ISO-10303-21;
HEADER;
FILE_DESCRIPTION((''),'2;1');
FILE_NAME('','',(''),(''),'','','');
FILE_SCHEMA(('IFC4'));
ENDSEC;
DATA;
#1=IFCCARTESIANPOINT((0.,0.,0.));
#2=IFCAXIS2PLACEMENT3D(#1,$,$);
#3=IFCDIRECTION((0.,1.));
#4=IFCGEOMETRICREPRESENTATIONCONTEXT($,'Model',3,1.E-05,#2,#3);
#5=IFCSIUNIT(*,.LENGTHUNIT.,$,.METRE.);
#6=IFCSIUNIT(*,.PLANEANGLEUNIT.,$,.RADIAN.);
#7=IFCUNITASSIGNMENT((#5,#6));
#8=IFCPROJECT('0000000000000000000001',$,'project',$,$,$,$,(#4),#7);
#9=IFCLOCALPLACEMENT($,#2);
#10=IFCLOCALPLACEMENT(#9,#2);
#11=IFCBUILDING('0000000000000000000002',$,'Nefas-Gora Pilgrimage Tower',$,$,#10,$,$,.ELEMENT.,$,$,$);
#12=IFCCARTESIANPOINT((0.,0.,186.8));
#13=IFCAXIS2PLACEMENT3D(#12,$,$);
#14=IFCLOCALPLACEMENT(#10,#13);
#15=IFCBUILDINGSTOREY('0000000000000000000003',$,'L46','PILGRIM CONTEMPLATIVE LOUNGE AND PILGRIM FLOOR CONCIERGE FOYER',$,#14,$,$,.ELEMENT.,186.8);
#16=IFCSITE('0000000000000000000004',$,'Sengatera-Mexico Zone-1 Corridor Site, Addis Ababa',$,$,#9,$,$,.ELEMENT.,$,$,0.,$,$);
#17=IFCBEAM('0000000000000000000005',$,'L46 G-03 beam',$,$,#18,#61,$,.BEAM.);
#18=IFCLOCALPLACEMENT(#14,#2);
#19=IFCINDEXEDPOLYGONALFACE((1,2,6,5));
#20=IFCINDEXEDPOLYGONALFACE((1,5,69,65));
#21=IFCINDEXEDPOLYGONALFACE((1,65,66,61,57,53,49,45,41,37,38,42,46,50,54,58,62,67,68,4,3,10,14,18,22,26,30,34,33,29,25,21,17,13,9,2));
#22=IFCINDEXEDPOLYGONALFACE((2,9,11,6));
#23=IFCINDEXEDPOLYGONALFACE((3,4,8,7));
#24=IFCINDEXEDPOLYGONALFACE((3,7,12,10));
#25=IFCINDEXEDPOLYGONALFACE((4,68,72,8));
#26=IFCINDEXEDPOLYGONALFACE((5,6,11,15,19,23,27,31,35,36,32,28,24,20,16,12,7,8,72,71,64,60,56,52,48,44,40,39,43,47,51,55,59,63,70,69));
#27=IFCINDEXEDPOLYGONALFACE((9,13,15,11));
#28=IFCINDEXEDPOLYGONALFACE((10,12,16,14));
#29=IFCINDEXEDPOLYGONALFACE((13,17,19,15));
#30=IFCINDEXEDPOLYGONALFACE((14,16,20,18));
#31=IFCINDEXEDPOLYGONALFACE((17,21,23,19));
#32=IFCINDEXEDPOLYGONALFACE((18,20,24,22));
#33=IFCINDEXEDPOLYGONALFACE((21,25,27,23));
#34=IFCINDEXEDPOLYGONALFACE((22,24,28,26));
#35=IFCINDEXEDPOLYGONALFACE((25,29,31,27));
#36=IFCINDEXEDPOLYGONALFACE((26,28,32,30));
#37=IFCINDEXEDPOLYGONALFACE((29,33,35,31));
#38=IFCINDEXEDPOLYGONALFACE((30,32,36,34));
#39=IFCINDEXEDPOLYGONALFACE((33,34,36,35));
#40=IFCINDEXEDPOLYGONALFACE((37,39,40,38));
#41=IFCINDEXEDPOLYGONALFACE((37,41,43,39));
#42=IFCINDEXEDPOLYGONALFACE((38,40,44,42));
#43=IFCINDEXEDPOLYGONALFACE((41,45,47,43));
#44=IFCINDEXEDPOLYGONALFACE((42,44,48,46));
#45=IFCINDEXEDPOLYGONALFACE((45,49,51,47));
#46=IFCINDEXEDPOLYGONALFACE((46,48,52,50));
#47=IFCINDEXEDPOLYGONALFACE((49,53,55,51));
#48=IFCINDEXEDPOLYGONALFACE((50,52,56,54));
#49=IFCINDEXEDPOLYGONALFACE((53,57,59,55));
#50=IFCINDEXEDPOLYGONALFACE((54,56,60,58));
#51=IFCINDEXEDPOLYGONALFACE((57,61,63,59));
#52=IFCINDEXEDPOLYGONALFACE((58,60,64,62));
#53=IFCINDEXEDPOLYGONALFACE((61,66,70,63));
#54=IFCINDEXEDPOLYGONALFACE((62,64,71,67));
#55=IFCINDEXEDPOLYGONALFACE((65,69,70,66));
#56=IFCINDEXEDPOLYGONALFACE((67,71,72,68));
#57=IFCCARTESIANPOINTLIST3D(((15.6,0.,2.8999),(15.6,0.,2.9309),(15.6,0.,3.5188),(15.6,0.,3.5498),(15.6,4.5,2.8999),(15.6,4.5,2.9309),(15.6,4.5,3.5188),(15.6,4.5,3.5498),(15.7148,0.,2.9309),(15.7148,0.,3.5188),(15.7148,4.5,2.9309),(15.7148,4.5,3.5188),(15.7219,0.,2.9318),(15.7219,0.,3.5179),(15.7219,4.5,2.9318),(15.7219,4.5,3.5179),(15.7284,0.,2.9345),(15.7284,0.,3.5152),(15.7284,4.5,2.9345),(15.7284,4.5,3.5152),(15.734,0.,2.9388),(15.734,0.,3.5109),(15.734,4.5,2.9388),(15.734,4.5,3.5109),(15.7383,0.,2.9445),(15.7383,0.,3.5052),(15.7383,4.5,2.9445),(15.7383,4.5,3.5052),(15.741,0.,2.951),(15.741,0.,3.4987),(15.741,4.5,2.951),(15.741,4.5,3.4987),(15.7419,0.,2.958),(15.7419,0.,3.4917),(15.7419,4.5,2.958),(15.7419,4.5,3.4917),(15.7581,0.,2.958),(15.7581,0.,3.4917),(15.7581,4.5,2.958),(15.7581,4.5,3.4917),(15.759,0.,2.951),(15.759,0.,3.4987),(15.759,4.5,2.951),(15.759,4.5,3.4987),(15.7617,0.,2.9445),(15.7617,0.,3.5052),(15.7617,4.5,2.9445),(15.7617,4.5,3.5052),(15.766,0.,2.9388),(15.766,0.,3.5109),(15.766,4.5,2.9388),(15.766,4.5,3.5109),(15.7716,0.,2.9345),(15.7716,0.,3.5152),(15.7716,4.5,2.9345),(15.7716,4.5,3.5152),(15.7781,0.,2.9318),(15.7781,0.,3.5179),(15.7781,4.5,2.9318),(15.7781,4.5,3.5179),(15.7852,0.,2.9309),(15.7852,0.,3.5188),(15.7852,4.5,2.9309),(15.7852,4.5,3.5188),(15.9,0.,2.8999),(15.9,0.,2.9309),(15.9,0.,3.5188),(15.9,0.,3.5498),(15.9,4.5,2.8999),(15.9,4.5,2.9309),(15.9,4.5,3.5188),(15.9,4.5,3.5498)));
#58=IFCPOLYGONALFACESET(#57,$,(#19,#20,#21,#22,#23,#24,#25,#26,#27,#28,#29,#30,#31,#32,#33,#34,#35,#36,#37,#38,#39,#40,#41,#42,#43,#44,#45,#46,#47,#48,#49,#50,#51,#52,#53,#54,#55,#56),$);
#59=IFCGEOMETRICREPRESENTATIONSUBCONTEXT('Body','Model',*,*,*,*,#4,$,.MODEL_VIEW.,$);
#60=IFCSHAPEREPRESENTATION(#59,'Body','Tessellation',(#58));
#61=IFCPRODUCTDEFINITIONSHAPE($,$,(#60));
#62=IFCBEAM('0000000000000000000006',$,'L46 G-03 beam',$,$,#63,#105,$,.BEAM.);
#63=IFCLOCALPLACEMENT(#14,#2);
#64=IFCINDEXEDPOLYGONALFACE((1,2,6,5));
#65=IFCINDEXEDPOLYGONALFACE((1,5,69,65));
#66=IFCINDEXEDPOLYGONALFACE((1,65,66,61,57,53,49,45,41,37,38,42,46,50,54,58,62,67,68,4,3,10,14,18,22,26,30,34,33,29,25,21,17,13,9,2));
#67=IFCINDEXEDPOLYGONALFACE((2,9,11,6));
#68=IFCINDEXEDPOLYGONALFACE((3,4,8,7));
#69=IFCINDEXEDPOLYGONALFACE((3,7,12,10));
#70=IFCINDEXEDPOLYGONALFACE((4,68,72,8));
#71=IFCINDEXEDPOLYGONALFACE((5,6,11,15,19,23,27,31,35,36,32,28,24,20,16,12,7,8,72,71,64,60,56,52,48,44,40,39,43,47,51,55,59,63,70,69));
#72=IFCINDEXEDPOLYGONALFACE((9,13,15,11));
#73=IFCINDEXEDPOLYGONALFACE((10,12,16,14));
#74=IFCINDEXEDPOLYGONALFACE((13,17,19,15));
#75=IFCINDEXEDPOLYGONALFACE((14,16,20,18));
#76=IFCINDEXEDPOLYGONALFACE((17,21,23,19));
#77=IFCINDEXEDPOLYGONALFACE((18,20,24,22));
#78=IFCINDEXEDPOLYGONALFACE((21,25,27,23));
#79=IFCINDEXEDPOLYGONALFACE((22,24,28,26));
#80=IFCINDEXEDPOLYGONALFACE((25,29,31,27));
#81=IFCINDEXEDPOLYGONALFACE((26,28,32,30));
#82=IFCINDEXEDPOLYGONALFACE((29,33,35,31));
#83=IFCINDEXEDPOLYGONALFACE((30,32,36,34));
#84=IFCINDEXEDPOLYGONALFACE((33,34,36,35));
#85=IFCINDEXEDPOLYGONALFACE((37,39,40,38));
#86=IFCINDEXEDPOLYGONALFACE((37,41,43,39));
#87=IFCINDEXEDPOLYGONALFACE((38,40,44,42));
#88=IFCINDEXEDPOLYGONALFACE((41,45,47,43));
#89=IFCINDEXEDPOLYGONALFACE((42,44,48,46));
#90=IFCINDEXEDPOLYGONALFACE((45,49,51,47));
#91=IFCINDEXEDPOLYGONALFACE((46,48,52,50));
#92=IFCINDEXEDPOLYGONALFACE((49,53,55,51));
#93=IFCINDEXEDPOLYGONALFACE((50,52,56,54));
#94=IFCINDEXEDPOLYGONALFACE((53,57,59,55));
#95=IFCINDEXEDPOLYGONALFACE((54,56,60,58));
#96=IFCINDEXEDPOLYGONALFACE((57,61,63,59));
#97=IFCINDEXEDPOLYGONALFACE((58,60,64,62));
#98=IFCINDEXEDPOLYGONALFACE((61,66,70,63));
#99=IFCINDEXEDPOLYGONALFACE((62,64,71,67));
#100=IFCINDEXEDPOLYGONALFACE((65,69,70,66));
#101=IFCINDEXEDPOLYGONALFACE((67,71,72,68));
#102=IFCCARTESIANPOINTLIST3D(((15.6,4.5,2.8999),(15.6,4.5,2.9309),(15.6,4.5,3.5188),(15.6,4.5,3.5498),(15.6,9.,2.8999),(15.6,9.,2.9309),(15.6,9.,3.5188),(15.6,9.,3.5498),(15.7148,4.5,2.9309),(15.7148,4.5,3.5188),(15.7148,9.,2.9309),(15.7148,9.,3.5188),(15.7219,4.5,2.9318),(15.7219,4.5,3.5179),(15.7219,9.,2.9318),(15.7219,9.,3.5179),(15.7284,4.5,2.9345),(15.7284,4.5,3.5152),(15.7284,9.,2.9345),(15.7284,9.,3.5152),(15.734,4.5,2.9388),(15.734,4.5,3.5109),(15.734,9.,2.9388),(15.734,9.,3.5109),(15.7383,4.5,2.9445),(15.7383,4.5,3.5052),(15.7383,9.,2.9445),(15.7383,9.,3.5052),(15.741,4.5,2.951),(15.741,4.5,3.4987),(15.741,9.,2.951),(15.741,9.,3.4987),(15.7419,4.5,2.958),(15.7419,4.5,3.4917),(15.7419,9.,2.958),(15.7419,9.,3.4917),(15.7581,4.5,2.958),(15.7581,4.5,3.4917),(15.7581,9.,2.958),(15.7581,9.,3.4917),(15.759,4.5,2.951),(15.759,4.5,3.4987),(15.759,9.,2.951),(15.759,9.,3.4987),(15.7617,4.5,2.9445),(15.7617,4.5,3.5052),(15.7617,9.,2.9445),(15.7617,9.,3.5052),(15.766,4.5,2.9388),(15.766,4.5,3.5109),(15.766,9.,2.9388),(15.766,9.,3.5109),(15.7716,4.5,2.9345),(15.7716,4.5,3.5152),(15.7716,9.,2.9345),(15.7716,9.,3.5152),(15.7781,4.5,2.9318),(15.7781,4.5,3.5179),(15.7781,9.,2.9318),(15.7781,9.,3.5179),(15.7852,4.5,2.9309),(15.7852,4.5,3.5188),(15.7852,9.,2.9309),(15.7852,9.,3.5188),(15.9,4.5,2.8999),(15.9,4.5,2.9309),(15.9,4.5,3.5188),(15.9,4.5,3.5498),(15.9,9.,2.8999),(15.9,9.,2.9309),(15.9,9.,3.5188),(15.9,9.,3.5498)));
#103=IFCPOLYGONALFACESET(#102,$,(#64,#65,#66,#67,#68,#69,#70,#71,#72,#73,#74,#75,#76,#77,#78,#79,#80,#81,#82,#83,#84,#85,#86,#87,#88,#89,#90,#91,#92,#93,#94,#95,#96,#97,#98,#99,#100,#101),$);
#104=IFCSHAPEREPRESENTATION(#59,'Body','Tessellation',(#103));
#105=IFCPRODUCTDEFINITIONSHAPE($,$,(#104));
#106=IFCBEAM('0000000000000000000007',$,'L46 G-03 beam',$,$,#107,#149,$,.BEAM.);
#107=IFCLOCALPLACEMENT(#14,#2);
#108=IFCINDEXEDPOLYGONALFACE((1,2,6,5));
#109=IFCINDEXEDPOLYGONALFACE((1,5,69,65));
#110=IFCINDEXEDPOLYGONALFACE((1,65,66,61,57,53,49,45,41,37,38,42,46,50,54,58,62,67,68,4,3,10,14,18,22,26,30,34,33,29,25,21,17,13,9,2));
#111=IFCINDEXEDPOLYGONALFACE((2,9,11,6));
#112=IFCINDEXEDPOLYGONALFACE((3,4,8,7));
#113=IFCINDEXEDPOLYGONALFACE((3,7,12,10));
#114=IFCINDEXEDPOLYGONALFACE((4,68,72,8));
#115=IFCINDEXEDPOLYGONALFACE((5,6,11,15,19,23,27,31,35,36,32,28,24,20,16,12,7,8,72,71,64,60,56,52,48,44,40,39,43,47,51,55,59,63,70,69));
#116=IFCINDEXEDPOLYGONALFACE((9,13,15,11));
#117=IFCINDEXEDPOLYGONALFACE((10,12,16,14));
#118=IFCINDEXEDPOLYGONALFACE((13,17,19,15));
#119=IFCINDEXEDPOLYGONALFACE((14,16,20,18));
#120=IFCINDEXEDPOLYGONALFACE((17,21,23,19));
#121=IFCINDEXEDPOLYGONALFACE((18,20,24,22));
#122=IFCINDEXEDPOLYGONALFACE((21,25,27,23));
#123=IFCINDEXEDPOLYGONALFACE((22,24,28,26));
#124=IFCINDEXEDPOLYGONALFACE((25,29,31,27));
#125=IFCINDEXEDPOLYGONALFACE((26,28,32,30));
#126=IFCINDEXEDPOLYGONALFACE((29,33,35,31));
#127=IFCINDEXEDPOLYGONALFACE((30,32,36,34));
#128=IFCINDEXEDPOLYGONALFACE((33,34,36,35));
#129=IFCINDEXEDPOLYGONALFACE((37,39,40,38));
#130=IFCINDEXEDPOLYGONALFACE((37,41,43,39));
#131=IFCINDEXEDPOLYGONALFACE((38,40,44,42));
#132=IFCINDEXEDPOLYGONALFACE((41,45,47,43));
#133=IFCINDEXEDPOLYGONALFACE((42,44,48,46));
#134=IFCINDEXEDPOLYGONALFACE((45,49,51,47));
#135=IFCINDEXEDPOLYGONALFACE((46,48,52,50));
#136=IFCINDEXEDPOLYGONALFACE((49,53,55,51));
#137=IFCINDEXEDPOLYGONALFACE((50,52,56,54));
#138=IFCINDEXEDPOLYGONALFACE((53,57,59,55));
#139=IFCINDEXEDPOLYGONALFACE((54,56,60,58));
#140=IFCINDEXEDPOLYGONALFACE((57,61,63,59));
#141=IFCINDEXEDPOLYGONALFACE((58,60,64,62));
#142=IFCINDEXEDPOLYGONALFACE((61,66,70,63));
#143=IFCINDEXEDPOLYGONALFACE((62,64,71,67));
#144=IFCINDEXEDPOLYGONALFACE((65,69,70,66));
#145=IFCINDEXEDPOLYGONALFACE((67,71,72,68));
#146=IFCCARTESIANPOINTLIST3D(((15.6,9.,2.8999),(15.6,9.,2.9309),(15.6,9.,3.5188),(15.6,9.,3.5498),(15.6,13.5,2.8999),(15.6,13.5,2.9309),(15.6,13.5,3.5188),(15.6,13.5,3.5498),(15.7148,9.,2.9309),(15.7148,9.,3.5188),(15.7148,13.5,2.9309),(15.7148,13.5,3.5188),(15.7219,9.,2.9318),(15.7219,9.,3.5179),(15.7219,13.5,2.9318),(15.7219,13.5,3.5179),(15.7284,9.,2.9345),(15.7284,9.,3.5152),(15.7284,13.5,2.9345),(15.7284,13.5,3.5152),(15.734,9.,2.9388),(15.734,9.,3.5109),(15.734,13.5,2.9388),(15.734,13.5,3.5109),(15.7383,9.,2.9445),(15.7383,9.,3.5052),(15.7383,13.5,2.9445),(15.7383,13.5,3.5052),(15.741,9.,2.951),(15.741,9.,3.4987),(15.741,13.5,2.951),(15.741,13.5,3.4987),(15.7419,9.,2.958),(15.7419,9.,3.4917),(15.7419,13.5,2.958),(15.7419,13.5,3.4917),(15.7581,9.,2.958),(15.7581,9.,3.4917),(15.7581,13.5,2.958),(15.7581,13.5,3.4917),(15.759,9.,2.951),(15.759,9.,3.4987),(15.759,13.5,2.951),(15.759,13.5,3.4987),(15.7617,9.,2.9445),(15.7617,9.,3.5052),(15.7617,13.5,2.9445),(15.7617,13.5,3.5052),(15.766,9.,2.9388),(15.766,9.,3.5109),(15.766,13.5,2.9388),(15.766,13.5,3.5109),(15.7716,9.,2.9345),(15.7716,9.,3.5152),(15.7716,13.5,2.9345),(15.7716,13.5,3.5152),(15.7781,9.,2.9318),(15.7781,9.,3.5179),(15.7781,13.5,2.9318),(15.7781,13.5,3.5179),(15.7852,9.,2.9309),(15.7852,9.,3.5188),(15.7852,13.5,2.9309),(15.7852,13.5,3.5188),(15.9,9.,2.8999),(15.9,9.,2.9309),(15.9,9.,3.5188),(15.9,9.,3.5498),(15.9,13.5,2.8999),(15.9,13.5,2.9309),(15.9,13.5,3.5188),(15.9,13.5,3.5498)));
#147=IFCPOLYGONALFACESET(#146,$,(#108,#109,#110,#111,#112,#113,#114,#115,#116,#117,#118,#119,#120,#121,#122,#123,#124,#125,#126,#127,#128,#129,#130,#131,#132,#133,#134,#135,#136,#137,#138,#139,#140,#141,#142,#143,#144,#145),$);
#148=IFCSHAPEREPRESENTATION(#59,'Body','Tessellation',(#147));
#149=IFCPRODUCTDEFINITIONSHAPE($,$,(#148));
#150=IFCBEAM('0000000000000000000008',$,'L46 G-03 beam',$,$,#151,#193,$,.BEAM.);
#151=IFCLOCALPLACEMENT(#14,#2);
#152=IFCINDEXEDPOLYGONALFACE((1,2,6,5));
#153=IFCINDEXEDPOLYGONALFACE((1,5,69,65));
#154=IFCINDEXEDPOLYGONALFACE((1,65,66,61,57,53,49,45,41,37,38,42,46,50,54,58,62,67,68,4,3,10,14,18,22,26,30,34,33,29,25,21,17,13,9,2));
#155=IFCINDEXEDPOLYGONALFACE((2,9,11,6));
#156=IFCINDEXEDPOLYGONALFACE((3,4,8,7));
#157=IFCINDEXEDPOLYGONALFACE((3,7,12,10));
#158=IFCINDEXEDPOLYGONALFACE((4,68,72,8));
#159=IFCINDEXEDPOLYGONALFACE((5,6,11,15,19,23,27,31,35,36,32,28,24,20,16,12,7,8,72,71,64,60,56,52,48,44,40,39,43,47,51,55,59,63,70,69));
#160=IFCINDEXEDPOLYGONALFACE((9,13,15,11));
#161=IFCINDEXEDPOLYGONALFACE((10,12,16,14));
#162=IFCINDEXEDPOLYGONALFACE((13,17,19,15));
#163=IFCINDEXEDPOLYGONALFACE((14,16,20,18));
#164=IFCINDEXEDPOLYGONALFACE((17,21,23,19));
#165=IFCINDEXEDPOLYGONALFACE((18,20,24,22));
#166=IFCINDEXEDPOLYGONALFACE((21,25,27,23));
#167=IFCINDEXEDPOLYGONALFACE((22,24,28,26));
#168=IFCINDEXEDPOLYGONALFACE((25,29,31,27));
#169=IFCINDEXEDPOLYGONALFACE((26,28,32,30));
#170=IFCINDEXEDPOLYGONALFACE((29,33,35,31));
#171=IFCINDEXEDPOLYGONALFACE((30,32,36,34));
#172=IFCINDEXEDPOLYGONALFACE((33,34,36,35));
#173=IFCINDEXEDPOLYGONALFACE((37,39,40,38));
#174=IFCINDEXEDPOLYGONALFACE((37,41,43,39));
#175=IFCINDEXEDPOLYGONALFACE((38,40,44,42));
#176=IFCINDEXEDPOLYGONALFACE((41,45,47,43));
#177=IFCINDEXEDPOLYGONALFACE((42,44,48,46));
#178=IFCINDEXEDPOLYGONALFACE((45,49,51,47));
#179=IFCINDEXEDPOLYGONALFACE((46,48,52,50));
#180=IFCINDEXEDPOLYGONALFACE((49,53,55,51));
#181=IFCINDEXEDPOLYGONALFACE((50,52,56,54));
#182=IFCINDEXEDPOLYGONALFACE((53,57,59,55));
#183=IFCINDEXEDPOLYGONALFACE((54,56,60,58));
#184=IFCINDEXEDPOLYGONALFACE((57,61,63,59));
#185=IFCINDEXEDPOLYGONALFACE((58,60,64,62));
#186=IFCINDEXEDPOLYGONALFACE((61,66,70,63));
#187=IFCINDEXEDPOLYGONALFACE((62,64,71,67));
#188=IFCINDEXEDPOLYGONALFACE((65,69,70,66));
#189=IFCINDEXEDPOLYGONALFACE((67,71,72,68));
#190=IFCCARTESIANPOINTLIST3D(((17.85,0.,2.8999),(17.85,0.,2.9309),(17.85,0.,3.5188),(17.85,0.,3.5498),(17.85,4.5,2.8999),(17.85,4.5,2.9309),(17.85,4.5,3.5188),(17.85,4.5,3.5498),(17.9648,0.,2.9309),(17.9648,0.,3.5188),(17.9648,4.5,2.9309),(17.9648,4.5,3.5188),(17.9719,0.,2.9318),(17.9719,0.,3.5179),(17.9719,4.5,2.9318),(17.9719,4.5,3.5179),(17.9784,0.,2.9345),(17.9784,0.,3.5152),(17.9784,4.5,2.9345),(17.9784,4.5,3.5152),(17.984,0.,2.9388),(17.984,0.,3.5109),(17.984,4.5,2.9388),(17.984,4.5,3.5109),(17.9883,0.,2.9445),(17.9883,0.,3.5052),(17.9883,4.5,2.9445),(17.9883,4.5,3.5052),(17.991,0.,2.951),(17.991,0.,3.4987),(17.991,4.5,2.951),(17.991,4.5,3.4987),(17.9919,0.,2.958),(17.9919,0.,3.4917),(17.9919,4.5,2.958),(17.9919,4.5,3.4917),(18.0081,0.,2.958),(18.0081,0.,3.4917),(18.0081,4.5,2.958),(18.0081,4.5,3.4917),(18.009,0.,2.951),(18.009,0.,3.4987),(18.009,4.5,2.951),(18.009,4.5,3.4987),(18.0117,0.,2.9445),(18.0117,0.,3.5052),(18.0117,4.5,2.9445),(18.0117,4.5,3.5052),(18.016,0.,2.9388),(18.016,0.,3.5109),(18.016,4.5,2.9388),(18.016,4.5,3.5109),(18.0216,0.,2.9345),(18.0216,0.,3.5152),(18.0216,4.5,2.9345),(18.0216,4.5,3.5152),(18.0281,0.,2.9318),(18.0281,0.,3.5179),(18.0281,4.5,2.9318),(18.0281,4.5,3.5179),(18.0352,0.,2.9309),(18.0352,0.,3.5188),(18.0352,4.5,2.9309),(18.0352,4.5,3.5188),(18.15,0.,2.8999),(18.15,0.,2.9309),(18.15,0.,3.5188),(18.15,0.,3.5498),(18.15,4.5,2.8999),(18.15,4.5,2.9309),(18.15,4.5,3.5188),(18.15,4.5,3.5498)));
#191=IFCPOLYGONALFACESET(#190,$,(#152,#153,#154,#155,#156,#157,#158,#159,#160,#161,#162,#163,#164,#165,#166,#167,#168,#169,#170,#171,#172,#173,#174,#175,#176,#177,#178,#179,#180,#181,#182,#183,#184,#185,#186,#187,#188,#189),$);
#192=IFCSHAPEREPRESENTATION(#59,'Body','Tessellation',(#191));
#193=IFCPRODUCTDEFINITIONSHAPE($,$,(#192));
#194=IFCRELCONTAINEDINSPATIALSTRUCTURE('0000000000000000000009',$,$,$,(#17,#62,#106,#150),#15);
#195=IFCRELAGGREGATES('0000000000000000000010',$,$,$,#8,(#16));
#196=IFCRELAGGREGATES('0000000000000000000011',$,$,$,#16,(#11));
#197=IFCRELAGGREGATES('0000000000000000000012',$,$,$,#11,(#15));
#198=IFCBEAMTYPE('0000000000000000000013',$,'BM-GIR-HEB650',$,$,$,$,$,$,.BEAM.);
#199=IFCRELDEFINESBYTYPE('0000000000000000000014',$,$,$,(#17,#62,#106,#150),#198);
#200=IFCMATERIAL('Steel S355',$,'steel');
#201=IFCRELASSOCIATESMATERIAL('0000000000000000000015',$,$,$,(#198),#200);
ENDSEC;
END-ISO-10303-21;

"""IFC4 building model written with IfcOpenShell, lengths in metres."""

from ifc_helpers import new_model, si_unit, direction, frame, origin, origin_2d, place, context, subcontext, project, spatial, i_section, extrude, source, transform, mapped, material, material_profile, profile_set, type_object, element, save


model = new_model("IFC4")

# Units and contexts
model_context = context("Model", 3, precision=1e-05, world=origin(), true_north=direction((0.0, 1.0)))
body_context = subcontext(model_context, "Body", "Model", "MODEL_VIEW")
ifc_project = project(units=[si_unit("LENGTHUNIT", "METRE"), si_unit("PLANEANGLEUNIT", "RADIAN")], contexts=[model_context])

# Site, building, storey
site_placement = place(None, origin())
site = spatial("IfcSite", under=ifc_project, at=site_placement, Name="Sengatera-Mexico Zone-1 Corridor Site, Addis Ababa", CompositionType="ELEMENT", RefElevation=0.0)
building_placement = place(site_placement, origin())
building = spatial("IfcBuilding", under=site, at=building_placement, Name="Nefas-Gora Pilgrimage Tower", CompositionType="ELEMENT")
storey_placement = place(building_placement, frame((0.0, 0.0, 186.8)))
storey = spatial("IfcBuildingStorey", under=building, at=storey_placement, Name="L46", Description="PILGRIM CONTEMPLATIVE LOUNGE AND PILGRIM FLOOR CONCIERGE FOYER", CompositionType="ELEMENT", Elevation=186.8)

# Beams
ifc_material_1 = material(Name="Steel S355", Category="steel")
ifc_material_profile_1 = material_profile(ifc_material_1, i_section(OverallWidth=0.3, OverallDepth=0.6499, WebThickness=0.0161, FlangeThickness=0.031, FilletRadius=0.0271, at=origin_2d()), Name="HEB 650")
ifc_profile_set_1 = profile_set([ifc_material_profile_1], Name="Steel S355")
beam_type_1 = type_object("IfcBeamType", Name="BM-GIR-HEB650", PredefinedType="BEAM", material=ifc_profile_set_1)
shared_shape_1 = source(origin(), body_context, "Body", "SweptSolid", [
    extrude(i_section(OverallWidth=0.3, OverallDepth=0.6499, WebThickness=0.0161, FlangeThickness=0.031, FilletRadius=0.0271, at=origin_2d()), origin(), (0.0, 0.0, 1.0), 4.5),
])
for number, where, z_axis, x_axis, name in (
    (1, (15.75, 0.0, 3.2249), (0.0, 1.0, 0.0), (-1.0, 0.0, 0.0), "L46 G-03 beam"),
    (2, (15.75, 4.5, 3.2249), (0.0, 1.0, 0.0), (-1.0, 0.0, 0.0), "L46 G-03 beam"),
    (3, (15.75, 9.0, 3.2249), (0.0, 1.0, 0.0), (-1.0, 0.0, 0.0), "L46 G-03 beam"),
    (4, (18.0, 0.0, 3.2249), (0.0, 1.0, 0.0), (-1.0, 0.0, 0.0), "L46 G-03 beam"),
):
    element("IfcBeam", number, at=place(storey_placement, frame(where, z_axis=z_axis, x_axis=x_axis)), inside=storey, type_object=beam_type_1, Name=name, PredefinedType="BEAM", context=body_context, shape_type="MappedRepresentation", body=[
        mapped(shared_shape_1, transform((0.0, 0.0, 0.0), x_axis=(1.0, 0.0, 0.0), y_axis=(0.0, 1.0, 0.0), z_axis=(0.0, 0.0, 1.0), scale=1.0)),
    ])

save(model, "model.ifc")
